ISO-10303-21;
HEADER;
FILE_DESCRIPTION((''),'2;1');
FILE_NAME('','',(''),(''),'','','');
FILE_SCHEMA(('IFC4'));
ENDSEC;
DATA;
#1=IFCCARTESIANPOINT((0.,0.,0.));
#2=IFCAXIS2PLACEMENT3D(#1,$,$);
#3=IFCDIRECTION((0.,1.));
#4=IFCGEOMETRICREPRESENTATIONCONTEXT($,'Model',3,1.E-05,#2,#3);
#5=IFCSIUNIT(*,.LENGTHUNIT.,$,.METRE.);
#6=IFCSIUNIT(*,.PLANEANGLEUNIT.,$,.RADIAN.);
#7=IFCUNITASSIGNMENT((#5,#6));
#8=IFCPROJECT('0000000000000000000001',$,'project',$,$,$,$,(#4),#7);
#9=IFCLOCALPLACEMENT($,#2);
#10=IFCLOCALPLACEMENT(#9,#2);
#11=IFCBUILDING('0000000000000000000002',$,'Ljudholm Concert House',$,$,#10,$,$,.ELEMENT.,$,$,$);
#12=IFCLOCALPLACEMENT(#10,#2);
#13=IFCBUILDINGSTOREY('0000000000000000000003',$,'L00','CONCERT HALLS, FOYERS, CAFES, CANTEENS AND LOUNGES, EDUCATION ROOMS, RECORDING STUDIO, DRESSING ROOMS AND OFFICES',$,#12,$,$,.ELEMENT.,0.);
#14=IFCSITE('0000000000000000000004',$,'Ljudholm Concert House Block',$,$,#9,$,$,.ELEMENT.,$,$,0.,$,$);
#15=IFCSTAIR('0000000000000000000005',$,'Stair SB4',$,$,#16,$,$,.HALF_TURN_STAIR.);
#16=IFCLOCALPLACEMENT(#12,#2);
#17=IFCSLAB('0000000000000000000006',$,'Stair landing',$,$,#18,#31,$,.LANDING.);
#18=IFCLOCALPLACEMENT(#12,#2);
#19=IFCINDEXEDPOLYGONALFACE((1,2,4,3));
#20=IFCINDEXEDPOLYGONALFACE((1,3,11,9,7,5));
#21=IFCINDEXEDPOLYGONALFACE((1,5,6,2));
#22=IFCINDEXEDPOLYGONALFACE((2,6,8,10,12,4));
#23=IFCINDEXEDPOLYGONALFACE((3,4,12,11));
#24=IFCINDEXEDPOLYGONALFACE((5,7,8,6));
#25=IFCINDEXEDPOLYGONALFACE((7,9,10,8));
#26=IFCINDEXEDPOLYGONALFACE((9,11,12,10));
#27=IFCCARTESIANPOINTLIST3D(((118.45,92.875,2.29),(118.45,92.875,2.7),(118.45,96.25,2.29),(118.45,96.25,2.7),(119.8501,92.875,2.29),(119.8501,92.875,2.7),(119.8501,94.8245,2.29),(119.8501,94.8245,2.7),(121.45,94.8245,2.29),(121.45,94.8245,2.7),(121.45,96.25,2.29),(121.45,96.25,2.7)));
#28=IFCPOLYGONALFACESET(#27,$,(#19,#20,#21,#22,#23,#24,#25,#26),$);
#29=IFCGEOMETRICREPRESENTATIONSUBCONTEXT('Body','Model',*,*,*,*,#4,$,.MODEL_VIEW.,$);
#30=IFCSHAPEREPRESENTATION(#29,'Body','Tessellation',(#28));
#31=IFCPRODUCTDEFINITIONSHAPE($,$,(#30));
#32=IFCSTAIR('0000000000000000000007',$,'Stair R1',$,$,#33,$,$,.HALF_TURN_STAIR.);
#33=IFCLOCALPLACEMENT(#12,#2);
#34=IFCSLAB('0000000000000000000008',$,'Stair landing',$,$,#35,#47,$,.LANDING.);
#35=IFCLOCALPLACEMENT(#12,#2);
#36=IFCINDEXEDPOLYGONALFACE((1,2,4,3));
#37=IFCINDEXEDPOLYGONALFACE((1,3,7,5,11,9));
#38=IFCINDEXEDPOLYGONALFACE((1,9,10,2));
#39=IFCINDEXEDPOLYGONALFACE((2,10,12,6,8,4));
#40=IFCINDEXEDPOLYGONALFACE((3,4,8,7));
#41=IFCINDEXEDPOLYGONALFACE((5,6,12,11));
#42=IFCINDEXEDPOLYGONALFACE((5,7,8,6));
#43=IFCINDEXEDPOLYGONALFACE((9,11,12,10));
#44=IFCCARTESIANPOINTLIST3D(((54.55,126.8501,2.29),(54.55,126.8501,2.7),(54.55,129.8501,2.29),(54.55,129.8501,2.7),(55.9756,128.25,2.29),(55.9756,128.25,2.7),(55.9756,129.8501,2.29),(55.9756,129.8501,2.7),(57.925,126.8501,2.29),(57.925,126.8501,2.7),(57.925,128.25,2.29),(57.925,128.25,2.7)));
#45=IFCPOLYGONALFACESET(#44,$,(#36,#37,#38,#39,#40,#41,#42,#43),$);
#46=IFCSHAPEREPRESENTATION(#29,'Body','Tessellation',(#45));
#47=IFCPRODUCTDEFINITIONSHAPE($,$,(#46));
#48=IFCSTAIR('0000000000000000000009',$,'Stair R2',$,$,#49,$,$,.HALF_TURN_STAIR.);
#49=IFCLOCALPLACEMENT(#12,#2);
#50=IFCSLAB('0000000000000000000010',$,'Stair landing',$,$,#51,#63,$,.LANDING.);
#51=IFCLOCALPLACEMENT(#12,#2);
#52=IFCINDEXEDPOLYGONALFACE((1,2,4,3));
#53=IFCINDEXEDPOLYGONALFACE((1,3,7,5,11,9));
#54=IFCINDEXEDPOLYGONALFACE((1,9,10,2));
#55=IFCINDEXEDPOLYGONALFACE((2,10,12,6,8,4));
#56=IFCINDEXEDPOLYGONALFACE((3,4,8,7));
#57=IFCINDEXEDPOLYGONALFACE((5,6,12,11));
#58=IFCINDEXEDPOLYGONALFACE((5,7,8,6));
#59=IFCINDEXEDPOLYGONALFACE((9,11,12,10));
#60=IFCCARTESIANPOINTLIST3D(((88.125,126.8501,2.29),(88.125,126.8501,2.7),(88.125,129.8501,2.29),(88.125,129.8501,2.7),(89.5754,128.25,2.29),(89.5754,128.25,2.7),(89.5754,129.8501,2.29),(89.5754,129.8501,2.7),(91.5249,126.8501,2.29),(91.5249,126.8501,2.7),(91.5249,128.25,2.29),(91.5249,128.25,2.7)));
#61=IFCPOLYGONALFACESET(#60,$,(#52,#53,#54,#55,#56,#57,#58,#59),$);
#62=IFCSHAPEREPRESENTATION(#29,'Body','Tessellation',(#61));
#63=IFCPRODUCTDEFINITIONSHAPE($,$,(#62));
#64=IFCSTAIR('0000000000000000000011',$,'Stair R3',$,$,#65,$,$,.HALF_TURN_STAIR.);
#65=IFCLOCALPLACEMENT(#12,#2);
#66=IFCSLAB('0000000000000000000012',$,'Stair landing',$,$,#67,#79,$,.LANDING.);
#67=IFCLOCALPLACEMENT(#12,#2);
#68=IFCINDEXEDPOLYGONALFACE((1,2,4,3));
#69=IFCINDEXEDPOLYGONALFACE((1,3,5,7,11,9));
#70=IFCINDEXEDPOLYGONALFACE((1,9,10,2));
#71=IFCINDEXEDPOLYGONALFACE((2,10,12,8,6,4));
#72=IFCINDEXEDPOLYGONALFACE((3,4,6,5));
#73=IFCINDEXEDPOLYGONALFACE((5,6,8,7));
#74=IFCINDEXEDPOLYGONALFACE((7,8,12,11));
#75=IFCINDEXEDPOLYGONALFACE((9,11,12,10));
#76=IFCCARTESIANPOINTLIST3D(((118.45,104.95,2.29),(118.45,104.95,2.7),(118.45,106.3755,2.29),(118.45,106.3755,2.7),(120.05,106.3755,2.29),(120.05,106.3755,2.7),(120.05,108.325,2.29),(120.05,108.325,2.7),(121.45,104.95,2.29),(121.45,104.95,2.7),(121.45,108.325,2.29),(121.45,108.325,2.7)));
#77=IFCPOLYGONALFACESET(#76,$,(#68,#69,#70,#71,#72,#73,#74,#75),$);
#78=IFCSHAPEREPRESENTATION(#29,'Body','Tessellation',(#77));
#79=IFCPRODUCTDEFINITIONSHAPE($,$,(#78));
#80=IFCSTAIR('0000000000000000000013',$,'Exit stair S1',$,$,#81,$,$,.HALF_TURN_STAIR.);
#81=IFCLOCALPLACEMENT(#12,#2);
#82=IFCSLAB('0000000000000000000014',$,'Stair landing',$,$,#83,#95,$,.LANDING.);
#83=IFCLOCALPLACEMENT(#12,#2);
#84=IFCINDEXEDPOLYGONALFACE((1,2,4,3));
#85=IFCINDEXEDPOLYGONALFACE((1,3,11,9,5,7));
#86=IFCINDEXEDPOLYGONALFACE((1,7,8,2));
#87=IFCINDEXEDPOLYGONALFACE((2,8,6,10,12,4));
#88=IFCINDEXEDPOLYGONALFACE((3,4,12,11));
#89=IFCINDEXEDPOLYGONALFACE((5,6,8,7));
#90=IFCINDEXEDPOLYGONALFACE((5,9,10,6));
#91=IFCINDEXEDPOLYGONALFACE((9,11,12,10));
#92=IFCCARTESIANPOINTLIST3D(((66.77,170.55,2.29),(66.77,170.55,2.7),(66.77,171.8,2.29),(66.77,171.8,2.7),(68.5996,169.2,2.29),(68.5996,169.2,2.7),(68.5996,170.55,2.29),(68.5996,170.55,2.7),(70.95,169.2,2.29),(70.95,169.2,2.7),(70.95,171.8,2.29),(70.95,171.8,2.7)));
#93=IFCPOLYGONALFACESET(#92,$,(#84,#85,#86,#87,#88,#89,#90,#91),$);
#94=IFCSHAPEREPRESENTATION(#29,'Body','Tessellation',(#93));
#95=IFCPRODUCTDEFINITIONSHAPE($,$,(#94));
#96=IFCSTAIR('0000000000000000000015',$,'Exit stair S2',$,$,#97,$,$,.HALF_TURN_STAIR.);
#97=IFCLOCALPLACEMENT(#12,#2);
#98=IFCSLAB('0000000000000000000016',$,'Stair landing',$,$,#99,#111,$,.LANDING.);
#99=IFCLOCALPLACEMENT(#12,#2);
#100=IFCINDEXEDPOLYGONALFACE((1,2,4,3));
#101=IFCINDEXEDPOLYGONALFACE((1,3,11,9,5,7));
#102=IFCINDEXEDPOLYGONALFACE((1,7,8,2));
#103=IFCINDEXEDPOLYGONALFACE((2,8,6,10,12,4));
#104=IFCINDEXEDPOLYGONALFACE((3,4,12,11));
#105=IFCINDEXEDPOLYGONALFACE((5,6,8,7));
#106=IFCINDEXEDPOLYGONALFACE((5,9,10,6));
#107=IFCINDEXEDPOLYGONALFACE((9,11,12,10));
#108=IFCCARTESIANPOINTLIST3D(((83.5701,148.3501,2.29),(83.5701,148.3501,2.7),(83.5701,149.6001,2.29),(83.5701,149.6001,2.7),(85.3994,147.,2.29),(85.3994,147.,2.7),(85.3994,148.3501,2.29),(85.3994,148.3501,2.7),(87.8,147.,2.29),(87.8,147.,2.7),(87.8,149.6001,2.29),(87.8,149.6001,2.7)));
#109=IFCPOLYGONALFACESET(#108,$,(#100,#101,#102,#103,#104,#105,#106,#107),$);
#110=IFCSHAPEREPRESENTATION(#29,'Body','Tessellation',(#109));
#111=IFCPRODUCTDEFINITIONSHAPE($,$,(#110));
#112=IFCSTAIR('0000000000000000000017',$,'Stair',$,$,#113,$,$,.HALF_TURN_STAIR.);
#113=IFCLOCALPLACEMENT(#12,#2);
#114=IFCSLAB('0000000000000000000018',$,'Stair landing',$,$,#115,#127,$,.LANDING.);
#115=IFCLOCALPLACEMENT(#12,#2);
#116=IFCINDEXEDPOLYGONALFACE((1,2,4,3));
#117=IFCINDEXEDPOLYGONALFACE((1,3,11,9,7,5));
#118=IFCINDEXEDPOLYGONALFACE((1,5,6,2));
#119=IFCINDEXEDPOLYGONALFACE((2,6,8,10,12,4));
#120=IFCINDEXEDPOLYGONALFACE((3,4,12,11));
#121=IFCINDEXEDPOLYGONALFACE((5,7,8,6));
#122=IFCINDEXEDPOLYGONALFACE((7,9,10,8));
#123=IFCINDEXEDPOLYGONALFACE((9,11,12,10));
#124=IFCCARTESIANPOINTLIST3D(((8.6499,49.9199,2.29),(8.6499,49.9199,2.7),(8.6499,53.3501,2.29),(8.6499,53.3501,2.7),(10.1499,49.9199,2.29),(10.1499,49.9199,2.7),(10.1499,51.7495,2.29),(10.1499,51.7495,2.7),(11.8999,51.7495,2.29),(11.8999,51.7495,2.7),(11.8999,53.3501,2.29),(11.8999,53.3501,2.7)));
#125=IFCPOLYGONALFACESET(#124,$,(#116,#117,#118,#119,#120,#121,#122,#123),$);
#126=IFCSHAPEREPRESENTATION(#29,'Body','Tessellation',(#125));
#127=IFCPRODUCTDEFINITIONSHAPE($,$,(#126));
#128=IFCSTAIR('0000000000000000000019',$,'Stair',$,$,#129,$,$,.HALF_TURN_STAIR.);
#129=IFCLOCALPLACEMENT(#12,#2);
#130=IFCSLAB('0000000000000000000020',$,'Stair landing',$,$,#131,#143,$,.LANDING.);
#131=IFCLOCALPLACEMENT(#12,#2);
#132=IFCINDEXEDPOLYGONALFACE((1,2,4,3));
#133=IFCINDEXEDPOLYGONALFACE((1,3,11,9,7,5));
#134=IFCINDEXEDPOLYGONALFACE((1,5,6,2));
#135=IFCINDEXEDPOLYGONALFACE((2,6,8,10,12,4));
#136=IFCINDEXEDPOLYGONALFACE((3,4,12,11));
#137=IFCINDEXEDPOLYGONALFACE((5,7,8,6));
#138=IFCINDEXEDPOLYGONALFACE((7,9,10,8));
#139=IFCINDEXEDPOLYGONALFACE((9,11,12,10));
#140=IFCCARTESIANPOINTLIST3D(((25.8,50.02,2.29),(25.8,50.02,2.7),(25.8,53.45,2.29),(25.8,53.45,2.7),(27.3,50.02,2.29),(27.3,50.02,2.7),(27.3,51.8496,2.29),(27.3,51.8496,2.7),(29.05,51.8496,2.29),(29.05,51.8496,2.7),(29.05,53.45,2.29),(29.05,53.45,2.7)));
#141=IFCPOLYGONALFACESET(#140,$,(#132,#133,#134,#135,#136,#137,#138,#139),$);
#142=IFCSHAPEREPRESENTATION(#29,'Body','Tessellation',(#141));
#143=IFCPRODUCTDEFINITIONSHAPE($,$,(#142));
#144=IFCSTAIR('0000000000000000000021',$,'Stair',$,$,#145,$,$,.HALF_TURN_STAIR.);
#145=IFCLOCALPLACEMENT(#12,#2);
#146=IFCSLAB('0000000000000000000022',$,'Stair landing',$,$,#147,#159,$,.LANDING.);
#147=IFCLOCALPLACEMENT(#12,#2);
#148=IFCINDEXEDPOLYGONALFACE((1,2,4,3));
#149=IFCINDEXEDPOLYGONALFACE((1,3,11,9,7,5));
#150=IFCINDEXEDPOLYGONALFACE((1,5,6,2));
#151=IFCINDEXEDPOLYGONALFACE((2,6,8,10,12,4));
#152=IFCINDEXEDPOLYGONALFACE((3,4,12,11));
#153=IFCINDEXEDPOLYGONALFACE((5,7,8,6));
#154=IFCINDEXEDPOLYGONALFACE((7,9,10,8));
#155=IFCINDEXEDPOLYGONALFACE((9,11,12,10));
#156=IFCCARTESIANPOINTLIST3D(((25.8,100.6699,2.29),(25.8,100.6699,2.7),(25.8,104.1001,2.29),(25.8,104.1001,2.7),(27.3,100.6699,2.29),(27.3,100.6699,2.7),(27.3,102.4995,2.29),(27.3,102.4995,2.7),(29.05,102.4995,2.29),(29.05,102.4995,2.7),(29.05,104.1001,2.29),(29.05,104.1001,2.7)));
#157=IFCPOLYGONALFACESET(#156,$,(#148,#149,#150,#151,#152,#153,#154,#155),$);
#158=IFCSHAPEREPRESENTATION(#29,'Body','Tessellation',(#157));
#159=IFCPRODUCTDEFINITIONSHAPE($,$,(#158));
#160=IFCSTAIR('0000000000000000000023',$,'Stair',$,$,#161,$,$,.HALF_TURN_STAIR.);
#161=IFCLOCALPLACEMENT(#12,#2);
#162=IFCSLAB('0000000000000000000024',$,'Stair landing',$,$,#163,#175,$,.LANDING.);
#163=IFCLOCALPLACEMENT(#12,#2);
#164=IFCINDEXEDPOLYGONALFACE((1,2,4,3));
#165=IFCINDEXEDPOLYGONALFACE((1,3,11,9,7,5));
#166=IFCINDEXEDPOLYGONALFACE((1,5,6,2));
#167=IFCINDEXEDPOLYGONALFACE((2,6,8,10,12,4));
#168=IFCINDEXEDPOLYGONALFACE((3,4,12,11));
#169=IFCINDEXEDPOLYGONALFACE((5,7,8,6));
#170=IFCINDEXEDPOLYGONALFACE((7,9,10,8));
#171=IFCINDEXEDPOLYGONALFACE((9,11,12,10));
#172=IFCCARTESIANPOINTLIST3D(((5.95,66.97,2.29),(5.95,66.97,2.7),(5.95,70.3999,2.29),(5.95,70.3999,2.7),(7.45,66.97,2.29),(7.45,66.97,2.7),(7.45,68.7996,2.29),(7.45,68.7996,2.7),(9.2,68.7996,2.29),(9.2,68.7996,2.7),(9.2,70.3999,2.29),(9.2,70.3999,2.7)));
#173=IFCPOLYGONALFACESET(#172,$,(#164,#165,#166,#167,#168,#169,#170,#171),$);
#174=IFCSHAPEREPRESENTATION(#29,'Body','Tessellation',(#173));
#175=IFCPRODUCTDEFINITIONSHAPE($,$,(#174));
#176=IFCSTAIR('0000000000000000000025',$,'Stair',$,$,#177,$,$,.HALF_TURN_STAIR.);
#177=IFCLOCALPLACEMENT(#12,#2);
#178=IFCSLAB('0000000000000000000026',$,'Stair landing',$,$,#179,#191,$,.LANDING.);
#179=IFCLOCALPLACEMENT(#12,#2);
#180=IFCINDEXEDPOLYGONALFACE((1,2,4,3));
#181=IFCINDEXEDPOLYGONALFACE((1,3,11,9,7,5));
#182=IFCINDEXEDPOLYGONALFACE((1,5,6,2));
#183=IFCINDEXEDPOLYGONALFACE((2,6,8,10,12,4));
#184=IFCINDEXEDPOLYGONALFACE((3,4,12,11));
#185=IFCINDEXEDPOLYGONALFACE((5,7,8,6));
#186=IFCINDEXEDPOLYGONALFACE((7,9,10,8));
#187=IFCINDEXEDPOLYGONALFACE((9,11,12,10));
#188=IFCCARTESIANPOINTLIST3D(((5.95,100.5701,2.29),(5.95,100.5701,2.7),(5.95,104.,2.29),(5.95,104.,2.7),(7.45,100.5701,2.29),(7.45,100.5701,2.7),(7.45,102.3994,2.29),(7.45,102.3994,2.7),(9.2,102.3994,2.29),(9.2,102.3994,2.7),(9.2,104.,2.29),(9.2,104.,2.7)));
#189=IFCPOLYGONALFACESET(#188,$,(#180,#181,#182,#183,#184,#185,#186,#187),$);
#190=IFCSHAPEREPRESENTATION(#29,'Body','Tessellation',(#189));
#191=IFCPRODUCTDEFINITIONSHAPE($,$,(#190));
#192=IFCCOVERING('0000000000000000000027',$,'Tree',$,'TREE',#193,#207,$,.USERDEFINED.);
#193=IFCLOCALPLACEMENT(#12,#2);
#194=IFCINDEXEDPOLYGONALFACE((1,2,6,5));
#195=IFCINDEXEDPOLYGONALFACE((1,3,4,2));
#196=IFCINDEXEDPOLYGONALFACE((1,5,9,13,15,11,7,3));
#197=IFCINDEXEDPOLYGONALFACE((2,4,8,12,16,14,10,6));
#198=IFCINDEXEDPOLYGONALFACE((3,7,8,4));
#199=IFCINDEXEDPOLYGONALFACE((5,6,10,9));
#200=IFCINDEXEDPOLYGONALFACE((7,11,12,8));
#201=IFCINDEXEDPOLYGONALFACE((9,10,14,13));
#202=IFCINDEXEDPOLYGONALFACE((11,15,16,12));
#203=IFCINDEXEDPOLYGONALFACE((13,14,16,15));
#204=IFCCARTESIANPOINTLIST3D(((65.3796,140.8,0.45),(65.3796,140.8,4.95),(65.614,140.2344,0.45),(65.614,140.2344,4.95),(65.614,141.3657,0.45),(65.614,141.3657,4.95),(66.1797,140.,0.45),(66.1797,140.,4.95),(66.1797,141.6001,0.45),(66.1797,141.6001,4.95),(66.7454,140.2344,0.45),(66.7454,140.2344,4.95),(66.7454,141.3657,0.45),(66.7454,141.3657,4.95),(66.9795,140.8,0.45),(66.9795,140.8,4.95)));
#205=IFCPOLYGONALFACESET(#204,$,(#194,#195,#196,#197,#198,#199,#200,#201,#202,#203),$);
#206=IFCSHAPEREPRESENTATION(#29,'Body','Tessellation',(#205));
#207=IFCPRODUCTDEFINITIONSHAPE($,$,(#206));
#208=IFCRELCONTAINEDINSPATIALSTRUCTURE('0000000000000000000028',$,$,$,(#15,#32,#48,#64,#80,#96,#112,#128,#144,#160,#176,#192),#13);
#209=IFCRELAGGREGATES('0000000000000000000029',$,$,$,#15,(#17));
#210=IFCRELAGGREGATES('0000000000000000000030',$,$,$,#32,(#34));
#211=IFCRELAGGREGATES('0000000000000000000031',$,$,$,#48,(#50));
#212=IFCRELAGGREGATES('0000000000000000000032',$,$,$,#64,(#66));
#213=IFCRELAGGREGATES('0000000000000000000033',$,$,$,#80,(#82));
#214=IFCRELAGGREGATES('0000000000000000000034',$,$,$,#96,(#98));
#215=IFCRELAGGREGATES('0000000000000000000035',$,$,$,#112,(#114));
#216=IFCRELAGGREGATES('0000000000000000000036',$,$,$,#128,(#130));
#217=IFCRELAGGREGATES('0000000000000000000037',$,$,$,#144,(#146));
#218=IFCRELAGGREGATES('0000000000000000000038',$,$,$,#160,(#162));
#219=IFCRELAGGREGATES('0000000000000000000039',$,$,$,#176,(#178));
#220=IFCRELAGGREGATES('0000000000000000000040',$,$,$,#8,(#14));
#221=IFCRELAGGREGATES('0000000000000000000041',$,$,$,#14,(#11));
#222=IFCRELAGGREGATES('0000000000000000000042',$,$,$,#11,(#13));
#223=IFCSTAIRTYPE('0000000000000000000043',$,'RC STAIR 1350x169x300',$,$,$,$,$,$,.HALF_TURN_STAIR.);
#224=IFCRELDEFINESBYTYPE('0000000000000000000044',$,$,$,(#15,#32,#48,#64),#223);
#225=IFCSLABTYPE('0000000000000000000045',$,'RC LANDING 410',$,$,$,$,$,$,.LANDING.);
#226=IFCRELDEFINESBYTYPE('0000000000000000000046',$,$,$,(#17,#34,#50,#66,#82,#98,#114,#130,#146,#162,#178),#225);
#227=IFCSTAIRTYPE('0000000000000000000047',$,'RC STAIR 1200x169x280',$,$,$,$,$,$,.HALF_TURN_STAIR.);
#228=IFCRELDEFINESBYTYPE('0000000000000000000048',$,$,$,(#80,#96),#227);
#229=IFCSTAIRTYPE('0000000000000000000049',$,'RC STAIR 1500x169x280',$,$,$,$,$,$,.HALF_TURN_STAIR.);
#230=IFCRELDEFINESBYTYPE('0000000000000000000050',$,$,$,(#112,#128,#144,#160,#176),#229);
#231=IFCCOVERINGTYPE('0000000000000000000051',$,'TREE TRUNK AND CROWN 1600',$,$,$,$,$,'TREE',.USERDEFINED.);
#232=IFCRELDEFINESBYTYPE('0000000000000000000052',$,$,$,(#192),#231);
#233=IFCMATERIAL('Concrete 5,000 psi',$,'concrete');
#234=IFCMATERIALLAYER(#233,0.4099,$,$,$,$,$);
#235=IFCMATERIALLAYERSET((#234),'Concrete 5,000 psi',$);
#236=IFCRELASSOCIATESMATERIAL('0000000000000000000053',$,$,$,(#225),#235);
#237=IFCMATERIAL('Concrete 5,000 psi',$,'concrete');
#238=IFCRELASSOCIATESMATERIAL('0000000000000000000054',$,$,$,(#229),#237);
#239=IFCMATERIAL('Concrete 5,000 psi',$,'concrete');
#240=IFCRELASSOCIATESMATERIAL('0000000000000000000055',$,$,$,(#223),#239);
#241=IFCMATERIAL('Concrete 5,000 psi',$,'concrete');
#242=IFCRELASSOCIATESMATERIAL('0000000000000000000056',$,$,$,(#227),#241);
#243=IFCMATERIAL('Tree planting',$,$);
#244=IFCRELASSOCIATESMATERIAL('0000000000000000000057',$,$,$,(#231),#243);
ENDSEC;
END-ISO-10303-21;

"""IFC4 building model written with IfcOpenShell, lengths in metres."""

from ifc_helpers import new_model, si_unit, direction, frame, origin, place, context, subcontext, project, spatial, polyline, outline, extrude, material, layer, layer_set, type_object, element, aggregate, save


model = new_model("IFC4")

# Units and contexts
model_context = context("Model", 3, precision=1e-05, world=origin(), true_north=direction((0.0, 1.0)))
body_context = subcontext(model_context, "Body", "Model", "MODEL_VIEW")
ifc_project = project(units=[si_unit("LENGTHUNIT", "METRE"), si_unit("PLANEANGLEUNIT", "RADIAN")], contexts=[model_context])

# Site, building, storey
site_placement = place(None, origin())
site = spatial("IfcSite", under=ifc_project, at=site_placement, Name="Ljudholm Concert House Block", CompositionType="ELEMENT", RefElevation=0.0)
building_placement = place(site_placement, origin())
building = spatial("IfcBuilding", under=site, at=building_placement, Name="Ljudholm Concert House", CompositionType="ELEMENT")
storey_placement = place(building_placement, origin())
storey = spatial("IfcBuildingStorey", under=building, at=storey_placement, Name="L00", Description="CONCERT HALLS, FOYERS, CAFES, CANTEENS AND LOUNGES, EDUCATION ROOMS, RECORDING STUDIO, DRESSING ROOMS AND OFFICES", CompositionType="ELEMENT", Elevation=0.0)

# Stairs, slabs
ifc_material_1 = material(Name="Concrete 5,000 psi", Category="concrete")
ifc_layer_1 = layer(ifc_material_1, 0.4099)
ifc_layer_set_1 = layer_set([ifc_layer_1], Name="Concrete 5,000 psi")
slab_type_1 = type_object("IfcSlabType", Name="RC LANDING 410", PredefinedType="LANDING", material=ifc_layer_set_1)
ifc_material_2 = material(Name="Concrete 5,000 psi", Category="concrete")
stair_type_1 = type_object("IfcStairType", Name="RC STAIR 1500x169x280", PredefinedType="HALF_TURN_STAIR", material=ifc_material_2)
ifc_material_3 = material(Name="Concrete 5,000 psi", Category="concrete")
stair_type_2 = type_object("IfcStairType", Name="RC STAIR 1350x169x300", PredefinedType="HALF_TURN_STAIR", material=ifc_material_3)
stair_1_placement = place(storey_placement, origin())
stair_1 = element("IfcStair", 1, at=stair_1_placement, inside=storey, type_object=stair_type_2, Name="Stair SB4", PredefinedType="HALF_TURN_STAIR")
slab_1_placement = place(storey_placement, frame((0.0, 0.0, 2.29)))
slab_1 = element("IfcSlab", 2, at=slab_1_placement, type_object=slab_type_1, Name="Stair landing", PredefinedType="LANDING", context=body_context, shape_type="SweptSolid", body=[
    extrude(outline(polyline([(118.45, 92.875), (119.8501, 92.875), (119.8501, 94.8245), (121.45, 94.8245), (121.45, 96.25), (118.45, 96.25), (118.45, 92.875)])), origin(), (0.0, 0.0, 1.0), 0.4099),
])
aggregate(stair_1, [slab_1])
stair_2_placement = place(storey_placement, origin())
stair_2 = element("IfcStair", 3, at=stair_2_placement, inside=storey, type_object=stair_type_2, Name="Stair R1", PredefinedType="HALF_TURN_STAIR")
slab_2_placement = place(storey_placement, frame((0.0, 0.0, 2.29)))
slab_2 = element("IfcSlab", 4, at=slab_2_placement, type_object=slab_type_1, Name="Stair landing", PredefinedType="LANDING", context=body_context, shape_type="SweptSolid", body=[
    extrude(outline(polyline([(57.925, 126.8501), (57.925, 128.25), (55.9756, 128.25), (55.9756, 129.8501), (54.55, 129.8501), (54.55, 126.8501), (57.925, 126.8501)])), origin(), (0.0, 0.0, 1.0), 0.4099),
])
aggregate(stair_2, [slab_2])
stair_3_placement = place(storey_placement, origin())
stair_3 = element("IfcStair", 5, at=stair_3_placement, inside=storey, type_object=stair_type_2, Name="Stair R2", PredefinedType="HALF_TURN_STAIR")
slab_3_placement = place(storey_placement, frame((0.0, 0.0, 2.29)))
slab_3 = element("IfcSlab", 6, at=slab_3_placement, type_object=slab_type_1, Name="Stair landing", PredefinedType="LANDING", context=body_context, shape_type="SweptSolid", body=[
    extrude(outline(polyline([(91.5249, 126.8501), (91.5249, 128.25), (89.5754, 128.25), (89.5754, 129.8501), (88.125, 129.8501), (88.125, 126.8501), (91.5249, 126.8501)])), origin(), (0.0, 0.0, 1.0), 0.4099),
])
aggregate(stair_3, [slab_3])
stair_4_placement = place(storey_placement, origin())
stair_4 = element("IfcStair", 7, at=stair_4_placement, inside=storey, type_object=stair_type_2, Name="Stair R3", PredefinedType="HALF_TURN_STAIR")
slab_4_placement = place(storey_placement, frame((0.0, 0.0, 2.29)))
slab_4 = element("IfcSlab", 8, at=slab_4_placement, type_object=slab_type_1, Name="Stair landing", PredefinedType="LANDING", context=body_context, shape_type="SweptSolid", body=[
    extrude(outline(polyline([(121.45, 108.325), (120.05, 108.325), (120.05, 106.3755), (118.45, 106.3755), (118.45, 104.95), (121.45, 104.95), (121.45, 108.325)])), origin(), (0.0, 0.0, 1.0), 0.4099),
])
aggregate(stair_4, [slab_4])
ifc_material_4 = material(Name="Concrete 5,000 psi", Category="concrete")
stair_type_3 = type_object("IfcStairType", Name="RC STAIR 1200x169x280", PredefinedType="HALF_TURN_STAIR", material=ifc_material_4)
stair_5_placement = place(storey_placement, origin())
stair_5 = element("IfcStair", 9, at=stair_5_placement, inside=storey, type_object=stair_type_3, Name="Exit stair S1", PredefinedType="HALF_TURN_STAIR")
slab_5_placement = place(storey_placement, frame((0.0, 0.0, 2.29)))
slab_5 = element("IfcSlab", 10, at=slab_5_placement, type_object=slab_type_1, Name="Stair landing", PredefinedType="LANDING", context=body_context, shape_type="SweptSolid", body=[
    extrude(outline(polyline([(66.77, 171.8), (66.77, 170.55), (68.5996, 170.55), (68.5996, 169.2), (70.95, 169.2), (70.95, 171.8), (66.77, 171.8)])), origin(), (0.0, 0.0, 1.0), 0.4099),
])
aggregate(stair_5, [slab_5])
stair_6_placement = place(storey_placement, origin())
stair_6 = element("IfcStair", 11, at=stair_6_placement, inside=storey, type_object=stair_type_3, Name="Exit stair S2", PredefinedType="HALF_TURN_STAIR")
slab_6_placement = place(storey_placement, frame((0.0, 0.0, 2.29)))
slab_6 = element("IfcSlab", 12, at=slab_6_placement, type_object=slab_type_1, Name="Stair landing", PredefinedType="LANDING", context=body_context, shape_type="SweptSolid", body=[
    extrude(outline(polyline([(83.5701, 149.6001), (83.5701, 148.3501), (85.3994, 148.3501), (85.3994, 147.0), (87.8, 147.0), (87.8, 149.6001), (83.5701, 149.6001)])), origin(), (0.0, 0.0, 1.0), 0.4099),
])
aggregate(stair_6, [slab_6])
stair_7_placement = place(storey_placement, origin())
stair_7 = element("IfcStair", 13, at=stair_7_placement, inside=storey, type_object=stair_type_1, Name="Stair", PredefinedType="HALF_TURN_STAIR")
slab_7_placement = place(storey_placement, frame((0.0, 0.0, 2.29)))
slab_7 = element("IfcSlab", 14, at=slab_7_placement, type_object=slab_type_1, Name="Stair landing", PredefinedType="LANDING", context=body_context, shape_type="SweptSolid", body=[
    extrude(outline(polyline([(8.6499, 49.9199), (10.1499, 49.9199), (10.1499, 51.7495), (11.8999, 51.7495), (11.8999, 53.3501), (8.6499, 53.3501), (8.6499, 49.9199)])), origin(), (0.0, 0.0, 1.0), 0.4099),
])
aggregate(stair_7, [slab_7])
stair_8_placement = place(storey_placement, origin())
stair_8 = element("IfcStair", 15, at=stair_8_placement, inside=storey, type_object=stair_type_1, Name="Stair", PredefinedType="HALF_TURN_STAIR")
slab_8_placement = place(storey_placement, frame((0.0, 0.0, 2.29)))
slab_8 = element("IfcSlab", 16, at=slab_8_placement, type_object=slab_type_1, Name="Stair landing", PredefinedType="LANDING", context=body_context, shape_type="SweptSolid", body=[
    extrude(outline(polyline([(25.8, 50.02), (27.3, 50.02), (27.3, 51.8496), (29.05, 51.8496), (29.05, 53.45), (25.8, 53.45), (25.8, 50.02)])), origin(), (0.0, 0.0, 1.0), 0.4099),
])
aggregate(stair_8, [slab_8])
stair_9_placement = place(storey_placement, origin())
stair_9 = element("IfcStair", 17, at=stair_9_placement, inside=storey, type_object=stair_type_1, Name="Stair", PredefinedType="HALF_TURN_STAIR")
slab_9_placement = place(storey_placement, frame((0.0, 0.0, 2.29)))
slab_9 = element("IfcSlab", 18, at=slab_9_placement, type_object=slab_type_1, Name="Stair landing", PredefinedType="LANDING", context=body_context, shape_type="SweptSolid", body=[
    extrude(outline(polyline([(25.8, 100.6699), (27.3, 100.6699), (27.3, 102.4995), (29.05, 102.4995), (29.05, 104.1001), (25.8, 104.1001), (25.8, 100.6699)])), origin(), (0.0, 0.0, 1.0), 0.4099),
])
aggregate(stair_9, [slab_9])
stair_10_placement = place(storey_placement, origin())
stair_10 = element("IfcStair", 19, at=stair_10_placement, inside=storey, type_object=stair_type_1, Name="Stair", PredefinedType="HALF_TURN_STAIR")
slab_10_placement = place(storey_placement, frame((0.0, 0.0, 2.29)))
slab_10 = element("IfcSlab", 20, at=slab_10_placement, type_object=slab_type_1, Name="Stair landing", PredefinedType="LANDING", context=body_context, shape_type="SweptSolid", body=[
    extrude(outline(polyline([(5.95, 66.97), (7.45, 66.97), (7.45, 68.7996), (9.2, 68.7996), (9.2, 70.3999), (5.95, 70.3999), (5.95, 66.97)])), origin(), (0.0, 0.0, 1.0), 0.4099),
])
aggregate(stair_10, [slab_10])
stair_11_placement = place(storey_placement, origin())
stair_11 = element("IfcStair", 21, at=stair_11_placement, inside=storey, type_object=stair_type_1, Name="Stair", PredefinedType="HALF_TURN_STAIR")
slab_11_placement = place(storey_placement, frame((0.0, 0.0, 2.29)))
slab_11 = element("IfcSlab", 22, at=slab_11_placement, type_object=slab_type_1, Name="Stair landing", PredefinedType="LANDING", context=body_context, shape_type="SweptSolid", body=[
    extrude(outline(polyline([(5.95, 100.5701), (7.45, 100.5701), (7.45, 102.3994), (9.2, 102.3994), (9.2, 104.0), (5.95, 104.0), (5.95, 100.5701)])), origin(), (0.0, 0.0, 1.0), 0.4099),
])
aggregate(stair_11, [slab_11])

# Covering
ifc_material_5 = material(Name="Tree planting")
covering_type = type_object("IfcCoveringType", Name="TREE TRUNK AND CROWN 1600", ElementType="TREE", PredefinedType="USERDEFINED", material=ifc_material_5)
covering_1_placement = place(storey_placement, frame((0.0, 0.0, 0.45)))
element("IfcCovering", 23, at=covering_1_placement, inside=storey, type_object=covering_type, Name="Tree", ObjectType="TREE", PredefinedType="USERDEFINED", context=body_context, shape_type="SweptSolid", body=[
    extrude(outline(polyline([(66.9795, 140.8), (66.7454, 141.3657), (66.1797, 141.6001), (65.614, 141.3657), (65.3796, 140.8), (65.614, 140.2344), (66.1797, 140.0), (66.7454, 140.2344), (66.9795, 140.8)])), origin(), (0.0, 0.0, 1.0), 4.5),
])

save(model, "model.ifc")
